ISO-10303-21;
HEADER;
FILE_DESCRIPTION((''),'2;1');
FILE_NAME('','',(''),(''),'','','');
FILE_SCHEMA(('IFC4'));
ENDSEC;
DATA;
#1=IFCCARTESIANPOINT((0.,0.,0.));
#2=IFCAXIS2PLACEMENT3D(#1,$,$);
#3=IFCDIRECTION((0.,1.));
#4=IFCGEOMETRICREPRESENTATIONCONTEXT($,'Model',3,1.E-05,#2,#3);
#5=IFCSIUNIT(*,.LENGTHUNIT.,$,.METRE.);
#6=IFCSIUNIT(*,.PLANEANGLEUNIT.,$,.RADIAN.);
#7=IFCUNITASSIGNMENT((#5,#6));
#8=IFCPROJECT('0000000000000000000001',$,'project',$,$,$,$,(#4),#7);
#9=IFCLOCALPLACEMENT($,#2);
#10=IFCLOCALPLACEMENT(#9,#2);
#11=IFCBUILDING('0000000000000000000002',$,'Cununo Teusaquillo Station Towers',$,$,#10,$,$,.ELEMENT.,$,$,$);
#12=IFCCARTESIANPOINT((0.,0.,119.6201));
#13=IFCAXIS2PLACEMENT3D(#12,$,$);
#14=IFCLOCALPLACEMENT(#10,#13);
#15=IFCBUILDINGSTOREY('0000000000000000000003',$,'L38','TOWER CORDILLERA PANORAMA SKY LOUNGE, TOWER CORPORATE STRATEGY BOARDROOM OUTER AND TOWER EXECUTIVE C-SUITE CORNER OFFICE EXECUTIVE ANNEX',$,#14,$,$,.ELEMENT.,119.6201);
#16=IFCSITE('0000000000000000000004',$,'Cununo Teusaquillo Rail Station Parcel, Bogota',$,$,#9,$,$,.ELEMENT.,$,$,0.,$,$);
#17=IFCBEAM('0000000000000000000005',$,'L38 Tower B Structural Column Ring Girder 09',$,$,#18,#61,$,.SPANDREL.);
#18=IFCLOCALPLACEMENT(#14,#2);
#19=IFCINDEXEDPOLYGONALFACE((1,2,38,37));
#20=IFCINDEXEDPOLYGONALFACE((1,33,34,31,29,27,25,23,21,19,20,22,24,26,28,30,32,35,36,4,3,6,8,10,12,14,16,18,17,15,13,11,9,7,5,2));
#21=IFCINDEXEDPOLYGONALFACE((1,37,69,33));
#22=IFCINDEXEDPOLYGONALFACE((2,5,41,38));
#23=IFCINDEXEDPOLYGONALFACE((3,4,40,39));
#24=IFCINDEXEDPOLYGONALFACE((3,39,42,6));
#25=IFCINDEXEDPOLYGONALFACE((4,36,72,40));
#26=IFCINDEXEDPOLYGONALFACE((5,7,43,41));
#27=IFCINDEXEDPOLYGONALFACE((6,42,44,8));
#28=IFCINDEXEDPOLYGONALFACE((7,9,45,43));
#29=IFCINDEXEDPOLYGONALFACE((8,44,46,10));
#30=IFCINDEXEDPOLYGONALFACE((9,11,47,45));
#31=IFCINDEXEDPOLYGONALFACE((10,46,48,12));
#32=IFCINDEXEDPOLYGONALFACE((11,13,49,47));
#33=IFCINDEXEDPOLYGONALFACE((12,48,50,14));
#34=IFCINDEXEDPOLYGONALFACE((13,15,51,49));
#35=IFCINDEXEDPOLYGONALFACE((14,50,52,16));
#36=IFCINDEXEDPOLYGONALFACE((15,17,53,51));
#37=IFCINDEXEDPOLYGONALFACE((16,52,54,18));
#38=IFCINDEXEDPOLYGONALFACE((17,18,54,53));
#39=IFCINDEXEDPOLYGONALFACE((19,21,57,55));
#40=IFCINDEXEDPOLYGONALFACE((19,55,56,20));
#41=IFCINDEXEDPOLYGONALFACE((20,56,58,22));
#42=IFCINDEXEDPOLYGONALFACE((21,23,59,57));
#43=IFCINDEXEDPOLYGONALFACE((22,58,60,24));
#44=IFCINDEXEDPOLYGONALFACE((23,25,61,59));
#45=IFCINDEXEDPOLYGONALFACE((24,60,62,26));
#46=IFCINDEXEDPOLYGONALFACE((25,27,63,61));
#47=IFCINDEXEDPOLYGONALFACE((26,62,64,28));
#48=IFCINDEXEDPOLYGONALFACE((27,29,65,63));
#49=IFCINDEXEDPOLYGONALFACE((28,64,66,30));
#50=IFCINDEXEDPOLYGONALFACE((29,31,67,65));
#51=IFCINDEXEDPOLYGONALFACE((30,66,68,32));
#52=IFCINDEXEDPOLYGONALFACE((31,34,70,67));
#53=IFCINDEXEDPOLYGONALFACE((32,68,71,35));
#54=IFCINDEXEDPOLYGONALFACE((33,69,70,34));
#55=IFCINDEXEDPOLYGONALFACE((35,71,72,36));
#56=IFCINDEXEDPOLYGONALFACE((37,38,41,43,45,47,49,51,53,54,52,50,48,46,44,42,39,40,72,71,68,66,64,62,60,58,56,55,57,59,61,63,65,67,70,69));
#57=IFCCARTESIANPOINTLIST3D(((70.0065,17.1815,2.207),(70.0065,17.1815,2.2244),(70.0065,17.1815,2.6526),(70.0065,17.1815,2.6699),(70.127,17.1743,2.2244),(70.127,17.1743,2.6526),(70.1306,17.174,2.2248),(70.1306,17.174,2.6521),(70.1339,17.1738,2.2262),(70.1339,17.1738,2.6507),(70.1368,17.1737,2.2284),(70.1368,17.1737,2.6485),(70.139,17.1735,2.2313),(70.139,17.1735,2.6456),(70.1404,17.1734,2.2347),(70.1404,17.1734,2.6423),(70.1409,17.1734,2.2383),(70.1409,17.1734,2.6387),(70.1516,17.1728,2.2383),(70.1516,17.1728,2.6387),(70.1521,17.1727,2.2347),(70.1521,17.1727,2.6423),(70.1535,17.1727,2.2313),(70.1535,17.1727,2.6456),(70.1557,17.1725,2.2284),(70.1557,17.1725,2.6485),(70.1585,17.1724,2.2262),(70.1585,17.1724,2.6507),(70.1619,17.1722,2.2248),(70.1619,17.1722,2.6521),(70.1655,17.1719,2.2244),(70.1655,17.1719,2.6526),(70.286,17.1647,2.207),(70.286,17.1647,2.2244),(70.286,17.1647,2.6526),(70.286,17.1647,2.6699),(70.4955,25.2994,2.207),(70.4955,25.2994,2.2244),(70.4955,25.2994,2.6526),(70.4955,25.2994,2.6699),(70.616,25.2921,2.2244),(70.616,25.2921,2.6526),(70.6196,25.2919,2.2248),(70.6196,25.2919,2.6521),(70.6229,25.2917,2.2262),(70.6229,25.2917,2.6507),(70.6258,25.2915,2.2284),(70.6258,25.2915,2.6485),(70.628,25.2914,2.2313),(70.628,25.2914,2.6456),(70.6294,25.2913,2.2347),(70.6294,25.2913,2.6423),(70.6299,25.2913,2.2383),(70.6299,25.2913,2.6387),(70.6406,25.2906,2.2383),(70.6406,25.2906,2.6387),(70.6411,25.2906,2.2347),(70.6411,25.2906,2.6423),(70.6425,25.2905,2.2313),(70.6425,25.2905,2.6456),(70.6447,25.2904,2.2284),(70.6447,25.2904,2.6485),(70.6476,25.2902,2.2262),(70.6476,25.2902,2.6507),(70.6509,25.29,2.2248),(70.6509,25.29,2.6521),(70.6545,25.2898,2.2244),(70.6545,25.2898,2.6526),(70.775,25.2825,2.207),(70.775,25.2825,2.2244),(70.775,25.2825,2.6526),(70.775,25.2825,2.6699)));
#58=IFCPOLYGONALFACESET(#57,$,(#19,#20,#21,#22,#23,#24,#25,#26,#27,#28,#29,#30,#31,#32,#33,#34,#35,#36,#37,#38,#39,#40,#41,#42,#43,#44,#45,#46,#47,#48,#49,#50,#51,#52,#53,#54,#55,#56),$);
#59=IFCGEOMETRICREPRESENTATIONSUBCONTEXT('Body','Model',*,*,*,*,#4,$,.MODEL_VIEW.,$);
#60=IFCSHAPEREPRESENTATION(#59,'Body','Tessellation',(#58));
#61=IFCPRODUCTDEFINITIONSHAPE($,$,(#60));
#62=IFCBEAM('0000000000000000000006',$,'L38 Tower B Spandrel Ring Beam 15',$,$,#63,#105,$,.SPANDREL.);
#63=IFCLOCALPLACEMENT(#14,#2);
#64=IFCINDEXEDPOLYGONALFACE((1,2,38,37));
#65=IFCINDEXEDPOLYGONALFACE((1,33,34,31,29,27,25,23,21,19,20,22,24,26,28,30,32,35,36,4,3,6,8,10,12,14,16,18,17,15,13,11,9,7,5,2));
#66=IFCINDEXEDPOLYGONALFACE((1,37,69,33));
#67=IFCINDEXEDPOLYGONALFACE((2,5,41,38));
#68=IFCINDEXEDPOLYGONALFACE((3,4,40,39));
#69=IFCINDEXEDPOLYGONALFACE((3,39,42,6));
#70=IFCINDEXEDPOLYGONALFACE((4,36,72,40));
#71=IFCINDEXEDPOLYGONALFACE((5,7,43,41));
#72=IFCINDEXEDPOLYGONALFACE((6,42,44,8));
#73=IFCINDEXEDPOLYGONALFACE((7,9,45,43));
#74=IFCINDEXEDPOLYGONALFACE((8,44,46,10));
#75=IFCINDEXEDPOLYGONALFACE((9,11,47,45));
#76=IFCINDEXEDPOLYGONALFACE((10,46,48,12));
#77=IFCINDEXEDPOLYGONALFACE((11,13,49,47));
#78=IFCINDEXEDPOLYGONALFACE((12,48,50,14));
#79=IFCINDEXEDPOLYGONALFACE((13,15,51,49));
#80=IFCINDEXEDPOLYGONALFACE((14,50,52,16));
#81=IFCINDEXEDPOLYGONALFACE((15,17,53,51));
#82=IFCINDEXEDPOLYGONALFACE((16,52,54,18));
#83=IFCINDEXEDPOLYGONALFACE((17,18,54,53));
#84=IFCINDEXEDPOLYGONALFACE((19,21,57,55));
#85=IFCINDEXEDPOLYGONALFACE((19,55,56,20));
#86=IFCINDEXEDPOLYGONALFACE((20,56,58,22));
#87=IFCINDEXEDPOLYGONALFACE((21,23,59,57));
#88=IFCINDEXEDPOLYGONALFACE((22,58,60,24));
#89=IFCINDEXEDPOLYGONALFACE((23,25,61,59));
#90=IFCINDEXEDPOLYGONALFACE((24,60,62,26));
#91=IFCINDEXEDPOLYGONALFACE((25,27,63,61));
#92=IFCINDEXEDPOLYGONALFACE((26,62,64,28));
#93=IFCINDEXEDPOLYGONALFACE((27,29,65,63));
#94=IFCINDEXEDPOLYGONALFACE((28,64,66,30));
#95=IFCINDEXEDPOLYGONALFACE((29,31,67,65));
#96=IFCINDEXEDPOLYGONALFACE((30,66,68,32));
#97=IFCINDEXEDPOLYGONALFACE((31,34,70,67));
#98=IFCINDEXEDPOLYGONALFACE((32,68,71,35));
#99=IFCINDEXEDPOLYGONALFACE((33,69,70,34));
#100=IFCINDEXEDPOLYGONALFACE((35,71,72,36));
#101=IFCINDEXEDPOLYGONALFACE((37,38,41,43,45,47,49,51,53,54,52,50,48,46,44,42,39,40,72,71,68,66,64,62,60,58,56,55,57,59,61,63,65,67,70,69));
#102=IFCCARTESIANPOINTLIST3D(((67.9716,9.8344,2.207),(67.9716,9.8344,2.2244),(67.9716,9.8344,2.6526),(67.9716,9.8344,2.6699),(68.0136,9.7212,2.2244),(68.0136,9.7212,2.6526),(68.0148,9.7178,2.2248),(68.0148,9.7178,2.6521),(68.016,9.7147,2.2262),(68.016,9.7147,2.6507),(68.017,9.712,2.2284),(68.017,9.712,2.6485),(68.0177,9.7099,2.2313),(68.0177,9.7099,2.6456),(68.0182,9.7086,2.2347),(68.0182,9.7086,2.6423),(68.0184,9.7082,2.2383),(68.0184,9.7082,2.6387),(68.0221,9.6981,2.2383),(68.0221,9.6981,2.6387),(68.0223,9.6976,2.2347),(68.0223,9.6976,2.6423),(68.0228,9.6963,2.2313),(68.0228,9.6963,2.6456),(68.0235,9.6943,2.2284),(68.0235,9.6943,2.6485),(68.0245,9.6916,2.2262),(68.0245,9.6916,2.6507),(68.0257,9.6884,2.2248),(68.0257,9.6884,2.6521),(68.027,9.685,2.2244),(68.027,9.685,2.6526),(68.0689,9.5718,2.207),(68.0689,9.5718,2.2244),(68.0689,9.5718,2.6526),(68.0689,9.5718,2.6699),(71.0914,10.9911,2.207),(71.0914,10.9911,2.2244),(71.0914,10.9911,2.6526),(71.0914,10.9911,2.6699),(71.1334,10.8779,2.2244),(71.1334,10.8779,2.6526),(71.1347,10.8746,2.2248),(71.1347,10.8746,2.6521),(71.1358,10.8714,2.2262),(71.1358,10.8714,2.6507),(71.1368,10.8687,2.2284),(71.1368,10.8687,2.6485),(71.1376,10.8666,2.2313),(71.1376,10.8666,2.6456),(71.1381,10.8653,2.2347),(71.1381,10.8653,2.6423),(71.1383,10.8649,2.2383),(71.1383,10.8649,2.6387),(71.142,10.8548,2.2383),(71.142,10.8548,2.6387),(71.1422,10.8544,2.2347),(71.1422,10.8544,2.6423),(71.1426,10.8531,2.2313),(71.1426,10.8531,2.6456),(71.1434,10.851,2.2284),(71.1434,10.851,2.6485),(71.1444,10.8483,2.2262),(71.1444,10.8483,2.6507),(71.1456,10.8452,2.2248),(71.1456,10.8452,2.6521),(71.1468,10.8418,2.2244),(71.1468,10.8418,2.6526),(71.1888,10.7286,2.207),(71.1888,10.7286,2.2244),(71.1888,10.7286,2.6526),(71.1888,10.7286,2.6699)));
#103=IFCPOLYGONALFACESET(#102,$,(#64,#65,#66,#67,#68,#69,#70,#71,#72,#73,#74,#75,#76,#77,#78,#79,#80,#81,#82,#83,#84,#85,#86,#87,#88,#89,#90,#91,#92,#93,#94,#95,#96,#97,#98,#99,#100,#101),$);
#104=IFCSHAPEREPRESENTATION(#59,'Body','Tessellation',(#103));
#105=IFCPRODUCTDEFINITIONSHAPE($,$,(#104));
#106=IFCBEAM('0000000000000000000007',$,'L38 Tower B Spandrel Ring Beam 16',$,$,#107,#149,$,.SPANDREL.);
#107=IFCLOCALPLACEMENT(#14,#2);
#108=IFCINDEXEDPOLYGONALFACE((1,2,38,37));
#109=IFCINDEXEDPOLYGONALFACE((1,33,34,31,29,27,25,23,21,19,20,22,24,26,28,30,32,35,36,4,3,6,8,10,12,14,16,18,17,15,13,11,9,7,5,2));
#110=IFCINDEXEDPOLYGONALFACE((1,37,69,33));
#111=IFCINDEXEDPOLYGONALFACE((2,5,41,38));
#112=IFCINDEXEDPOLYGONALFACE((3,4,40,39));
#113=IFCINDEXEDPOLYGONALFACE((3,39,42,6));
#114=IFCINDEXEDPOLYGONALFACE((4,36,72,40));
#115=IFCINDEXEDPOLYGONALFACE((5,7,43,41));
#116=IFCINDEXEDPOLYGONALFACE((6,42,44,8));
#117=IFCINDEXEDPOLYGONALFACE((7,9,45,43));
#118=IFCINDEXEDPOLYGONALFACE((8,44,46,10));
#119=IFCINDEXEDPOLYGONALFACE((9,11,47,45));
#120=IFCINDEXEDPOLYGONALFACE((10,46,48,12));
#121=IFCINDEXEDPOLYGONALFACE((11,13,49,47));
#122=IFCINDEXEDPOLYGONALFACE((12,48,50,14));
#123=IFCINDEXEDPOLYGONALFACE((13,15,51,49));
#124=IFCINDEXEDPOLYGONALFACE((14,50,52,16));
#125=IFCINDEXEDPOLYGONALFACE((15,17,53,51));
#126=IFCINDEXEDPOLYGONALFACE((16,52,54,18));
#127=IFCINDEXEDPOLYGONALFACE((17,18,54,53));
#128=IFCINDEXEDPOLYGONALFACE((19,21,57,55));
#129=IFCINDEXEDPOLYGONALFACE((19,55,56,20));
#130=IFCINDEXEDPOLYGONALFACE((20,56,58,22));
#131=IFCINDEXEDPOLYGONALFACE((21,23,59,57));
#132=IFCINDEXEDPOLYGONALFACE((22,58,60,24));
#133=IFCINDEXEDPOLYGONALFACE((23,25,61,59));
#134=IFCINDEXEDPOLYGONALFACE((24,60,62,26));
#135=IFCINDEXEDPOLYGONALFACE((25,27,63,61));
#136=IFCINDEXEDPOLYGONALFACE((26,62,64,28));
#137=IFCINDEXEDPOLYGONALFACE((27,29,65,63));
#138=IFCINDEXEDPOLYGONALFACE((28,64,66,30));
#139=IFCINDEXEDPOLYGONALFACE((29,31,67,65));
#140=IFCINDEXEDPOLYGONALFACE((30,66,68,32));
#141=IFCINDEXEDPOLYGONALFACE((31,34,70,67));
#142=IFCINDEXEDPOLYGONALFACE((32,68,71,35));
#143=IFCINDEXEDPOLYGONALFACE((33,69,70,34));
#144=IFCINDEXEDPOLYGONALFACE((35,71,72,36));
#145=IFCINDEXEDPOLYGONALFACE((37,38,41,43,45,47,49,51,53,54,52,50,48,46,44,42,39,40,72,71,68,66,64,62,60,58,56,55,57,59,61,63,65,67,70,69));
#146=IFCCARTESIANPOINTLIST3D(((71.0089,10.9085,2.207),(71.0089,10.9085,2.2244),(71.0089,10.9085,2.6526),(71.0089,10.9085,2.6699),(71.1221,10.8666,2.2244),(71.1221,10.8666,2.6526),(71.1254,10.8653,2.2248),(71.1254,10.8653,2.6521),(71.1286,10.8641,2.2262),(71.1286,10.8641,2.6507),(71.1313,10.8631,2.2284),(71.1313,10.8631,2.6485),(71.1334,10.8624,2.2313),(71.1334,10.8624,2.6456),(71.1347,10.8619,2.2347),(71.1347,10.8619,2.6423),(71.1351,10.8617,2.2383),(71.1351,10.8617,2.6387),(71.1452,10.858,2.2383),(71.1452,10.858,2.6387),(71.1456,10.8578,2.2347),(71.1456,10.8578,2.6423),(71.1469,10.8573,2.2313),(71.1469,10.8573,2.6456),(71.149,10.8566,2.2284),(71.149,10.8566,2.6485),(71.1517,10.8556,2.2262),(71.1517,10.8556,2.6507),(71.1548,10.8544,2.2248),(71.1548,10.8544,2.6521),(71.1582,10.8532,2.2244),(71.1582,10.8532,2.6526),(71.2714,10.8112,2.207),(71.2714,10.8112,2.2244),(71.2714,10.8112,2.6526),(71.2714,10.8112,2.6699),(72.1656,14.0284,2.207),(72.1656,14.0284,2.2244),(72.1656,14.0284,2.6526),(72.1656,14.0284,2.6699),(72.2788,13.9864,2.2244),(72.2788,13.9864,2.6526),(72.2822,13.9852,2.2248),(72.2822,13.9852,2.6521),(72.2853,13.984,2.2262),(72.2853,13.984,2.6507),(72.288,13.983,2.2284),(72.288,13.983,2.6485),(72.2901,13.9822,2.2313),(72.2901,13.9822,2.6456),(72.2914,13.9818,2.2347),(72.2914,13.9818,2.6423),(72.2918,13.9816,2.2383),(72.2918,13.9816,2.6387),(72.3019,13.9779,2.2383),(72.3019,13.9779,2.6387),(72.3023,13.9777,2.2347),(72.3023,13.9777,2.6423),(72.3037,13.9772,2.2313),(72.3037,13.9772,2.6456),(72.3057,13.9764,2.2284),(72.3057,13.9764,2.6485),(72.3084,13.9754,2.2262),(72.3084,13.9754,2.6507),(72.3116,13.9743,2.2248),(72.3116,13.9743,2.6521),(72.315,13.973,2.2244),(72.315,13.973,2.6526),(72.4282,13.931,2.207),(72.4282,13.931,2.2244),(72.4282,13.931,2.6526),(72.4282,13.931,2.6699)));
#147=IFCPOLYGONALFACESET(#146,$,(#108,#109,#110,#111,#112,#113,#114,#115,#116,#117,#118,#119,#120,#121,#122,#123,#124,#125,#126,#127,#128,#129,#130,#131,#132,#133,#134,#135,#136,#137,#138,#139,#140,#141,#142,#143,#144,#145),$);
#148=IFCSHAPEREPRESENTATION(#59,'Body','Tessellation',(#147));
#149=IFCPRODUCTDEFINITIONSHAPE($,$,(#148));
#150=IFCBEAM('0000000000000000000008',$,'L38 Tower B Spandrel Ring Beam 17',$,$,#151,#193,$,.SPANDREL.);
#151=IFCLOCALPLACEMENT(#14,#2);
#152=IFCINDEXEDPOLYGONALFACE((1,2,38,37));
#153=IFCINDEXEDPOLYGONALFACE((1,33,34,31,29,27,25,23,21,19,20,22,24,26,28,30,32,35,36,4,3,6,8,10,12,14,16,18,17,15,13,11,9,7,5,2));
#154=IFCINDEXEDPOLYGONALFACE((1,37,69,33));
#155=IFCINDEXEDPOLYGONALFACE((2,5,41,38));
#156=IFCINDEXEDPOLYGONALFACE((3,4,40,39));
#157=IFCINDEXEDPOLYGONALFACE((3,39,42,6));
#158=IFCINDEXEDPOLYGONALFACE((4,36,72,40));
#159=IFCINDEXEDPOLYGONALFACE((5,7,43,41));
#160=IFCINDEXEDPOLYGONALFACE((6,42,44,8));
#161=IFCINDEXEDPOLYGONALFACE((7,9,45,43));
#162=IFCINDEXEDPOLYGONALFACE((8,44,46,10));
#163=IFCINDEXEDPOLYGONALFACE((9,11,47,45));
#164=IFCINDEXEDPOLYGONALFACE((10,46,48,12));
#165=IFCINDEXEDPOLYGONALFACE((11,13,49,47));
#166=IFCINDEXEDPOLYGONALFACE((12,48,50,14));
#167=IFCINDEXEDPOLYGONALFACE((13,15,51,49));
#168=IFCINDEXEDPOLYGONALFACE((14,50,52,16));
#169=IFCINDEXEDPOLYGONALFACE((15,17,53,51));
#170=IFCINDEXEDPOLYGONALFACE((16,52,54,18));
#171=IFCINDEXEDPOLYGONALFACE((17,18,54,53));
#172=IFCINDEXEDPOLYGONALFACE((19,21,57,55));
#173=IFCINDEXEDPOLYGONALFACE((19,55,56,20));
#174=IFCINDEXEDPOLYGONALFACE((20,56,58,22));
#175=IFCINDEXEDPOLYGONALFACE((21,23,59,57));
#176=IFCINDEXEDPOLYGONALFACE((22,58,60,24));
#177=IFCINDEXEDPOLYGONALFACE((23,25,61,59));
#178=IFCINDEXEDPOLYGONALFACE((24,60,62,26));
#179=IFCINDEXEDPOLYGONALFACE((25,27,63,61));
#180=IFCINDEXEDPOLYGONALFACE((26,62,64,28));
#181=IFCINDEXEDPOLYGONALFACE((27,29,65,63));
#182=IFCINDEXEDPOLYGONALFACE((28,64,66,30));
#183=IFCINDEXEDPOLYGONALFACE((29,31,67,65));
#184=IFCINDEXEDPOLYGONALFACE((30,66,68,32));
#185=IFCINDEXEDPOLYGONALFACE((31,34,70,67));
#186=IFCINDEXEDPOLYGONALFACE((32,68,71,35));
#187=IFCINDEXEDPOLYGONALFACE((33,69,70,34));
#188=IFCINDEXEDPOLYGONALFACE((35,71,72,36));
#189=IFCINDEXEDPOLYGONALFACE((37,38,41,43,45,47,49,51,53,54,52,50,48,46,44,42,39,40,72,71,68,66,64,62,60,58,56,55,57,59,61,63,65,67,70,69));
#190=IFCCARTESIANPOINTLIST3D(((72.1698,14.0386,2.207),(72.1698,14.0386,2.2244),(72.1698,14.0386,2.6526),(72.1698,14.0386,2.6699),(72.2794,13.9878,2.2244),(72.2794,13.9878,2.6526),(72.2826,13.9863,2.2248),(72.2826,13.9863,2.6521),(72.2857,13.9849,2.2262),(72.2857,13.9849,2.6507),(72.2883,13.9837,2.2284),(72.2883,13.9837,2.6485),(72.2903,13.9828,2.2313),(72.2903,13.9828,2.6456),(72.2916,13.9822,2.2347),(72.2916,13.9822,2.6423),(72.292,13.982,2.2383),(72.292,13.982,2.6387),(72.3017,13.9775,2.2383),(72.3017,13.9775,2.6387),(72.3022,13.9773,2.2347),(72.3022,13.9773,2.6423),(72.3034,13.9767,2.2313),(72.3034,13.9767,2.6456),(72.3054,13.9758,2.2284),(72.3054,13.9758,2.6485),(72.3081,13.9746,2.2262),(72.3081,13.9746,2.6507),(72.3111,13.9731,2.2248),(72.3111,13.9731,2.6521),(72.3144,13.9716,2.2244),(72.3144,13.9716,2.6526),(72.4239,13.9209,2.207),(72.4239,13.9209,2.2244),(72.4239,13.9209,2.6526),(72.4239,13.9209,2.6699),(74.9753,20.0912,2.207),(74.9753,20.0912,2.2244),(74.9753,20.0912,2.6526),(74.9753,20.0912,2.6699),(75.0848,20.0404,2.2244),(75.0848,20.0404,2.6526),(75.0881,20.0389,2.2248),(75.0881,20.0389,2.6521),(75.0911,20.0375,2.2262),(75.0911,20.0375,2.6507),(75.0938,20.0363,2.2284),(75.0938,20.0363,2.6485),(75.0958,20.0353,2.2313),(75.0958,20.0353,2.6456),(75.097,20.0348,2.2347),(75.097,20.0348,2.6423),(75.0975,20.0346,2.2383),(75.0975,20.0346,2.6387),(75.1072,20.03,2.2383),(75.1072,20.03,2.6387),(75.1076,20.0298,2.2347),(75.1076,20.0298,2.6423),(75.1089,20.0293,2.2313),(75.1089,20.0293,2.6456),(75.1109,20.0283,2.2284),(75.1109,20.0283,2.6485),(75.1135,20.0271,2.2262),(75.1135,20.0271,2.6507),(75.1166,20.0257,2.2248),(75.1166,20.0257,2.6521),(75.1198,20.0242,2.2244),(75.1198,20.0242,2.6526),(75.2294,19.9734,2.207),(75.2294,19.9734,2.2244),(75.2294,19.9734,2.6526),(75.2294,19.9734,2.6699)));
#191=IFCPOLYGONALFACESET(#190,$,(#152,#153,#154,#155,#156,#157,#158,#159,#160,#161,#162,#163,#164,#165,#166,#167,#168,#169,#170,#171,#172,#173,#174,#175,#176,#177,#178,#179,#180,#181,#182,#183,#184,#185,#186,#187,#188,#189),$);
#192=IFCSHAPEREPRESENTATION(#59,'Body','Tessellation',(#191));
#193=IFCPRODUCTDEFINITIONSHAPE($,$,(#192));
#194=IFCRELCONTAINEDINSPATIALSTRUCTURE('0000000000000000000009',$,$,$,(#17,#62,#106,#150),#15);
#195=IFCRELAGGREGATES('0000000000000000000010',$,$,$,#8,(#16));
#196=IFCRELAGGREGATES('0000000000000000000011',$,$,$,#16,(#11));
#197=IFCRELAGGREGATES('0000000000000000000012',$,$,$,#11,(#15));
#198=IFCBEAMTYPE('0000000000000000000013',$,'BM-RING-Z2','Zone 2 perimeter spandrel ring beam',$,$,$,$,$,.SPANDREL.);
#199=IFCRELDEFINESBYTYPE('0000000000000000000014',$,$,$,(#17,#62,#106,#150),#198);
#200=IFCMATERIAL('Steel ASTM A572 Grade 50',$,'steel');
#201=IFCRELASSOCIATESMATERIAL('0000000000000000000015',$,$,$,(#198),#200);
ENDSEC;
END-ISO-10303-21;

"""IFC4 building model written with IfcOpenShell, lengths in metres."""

from ifc_helpers import new_model, si_unit, direction, frame, origin, origin_2d, place, context, subcontext, project, spatial, i_section, extrude, material, material_profile, profile_set, type_object, element, save


model = new_model("IFC4")

# Units and contexts
model_context = context("Model", 3, precision=1e-05, world=origin(), true_north=direction((0.0, 1.0)))
body_context = subcontext(model_context, "Body", "Model", "MODEL_VIEW")
ifc_project = project(units=[si_unit("LENGTHUNIT", "METRE"), si_unit("PLANEANGLEUNIT", "RADIAN")], contexts=[model_context])

# Site, building, storey
site_placement = place(None, origin())
site = spatial("IfcSite", under=ifc_project, at=site_placement, Name="Cununo Teusaquillo Rail Station Parcel, Bogota", CompositionType="ELEMENT", RefElevation=0.0)
building_placement = place(site_placement, origin())
building = spatial("IfcBuilding", under=site, at=building_placement, Name="Cununo Teusaquillo Station Towers", CompositionType="ELEMENT")
storey_placement = place(building_placement, frame((0.0, 0.0, 119.6201)))
storey = spatial("IfcBuildingStorey", under=building, at=storey_placement, Name="L38", Description="TOWER CORDILLERA PANORAMA SKY LOUNGE, TOWER CORPORATE STRATEGY BOARDROOM OUTER AND TOWER EXECUTIVE C-SUITE CORNER OFFICE EXECUTIVE ANNEX", CompositionType="ELEMENT", Elevation=119.6201)

# Beams
ifc_material_1 = material(Name="Steel ASTM A572 Grade 50", Category="steel")
ifc_material_profile_1 = material_profile(ifc_material_1, i_section(OverallWidth=0.28, OverallDepth=0.4629, WebThickness=0.0107, FlangeThickness=0.0173, FilletRadius=0.0139, at=origin_2d()), Name="W18X76")
ifc_profile_set_1 = profile_set([ifc_material_profile_1], Name="Steel ASTM A572 Grade 50")
beam_type_1 = type_object("IfcBeamType", Name="BM-RING-Z2", Description="Zone 2 perimeter spandrel ring beam", PredefinedType="SPANDREL", material=ifc_profile_set_1)
beam_1_placement = place(storey_placement, frame((70.1462, 17.1731, 2.4385), z_axis=(0.06013, 0.998191, 0.0), x_axis=(-0.998191, 0.06013, 0.0)))
element("IfcBeam", 1, at=beam_1_placement, inside=storey, type_object=beam_type_1, Name="L38 Tower B Structural Column Ring Girder 09", PredefinedType="SPANDREL", context=body_context, shape_type="SweptSolid", body=[
    extrude(i_section(OverallWidth=0.28, OverallDepth=0.4629, WebThickness=0.0107, FlangeThickness=0.0173, FilletRadius=0.0139, at=origin_2d()), origin(), (0.0, 0.0, 1.0), 8.1326),
])
for number, where, z_axis, x_axis, name in (
    (2, (68.0203, 9.7031, 2.4385), (0.937628, 0.347639, 0.0), (-0.347639, 0.937628, 0.0), "L38 Tower B Spandrel Ring Beam 15"),
    (3, (71.1401, 10.8599, 2.4385), (0.347639, 0.937628, 0.0), (-0.937628, 0.347639, 0.0), "L38 Tower B Spandrel Ring Beam 16"),
):
    element("IfcBeam", number, at=place(storey_placement, frame(where, z_axis=z_axis, x_axis=x_axis)), inside=storey, type_object=beam_type_1, Name=name, PredefinedType="SPANDREL", context=body_context, shape_type="SweptSolid", body=[
        extrude(i_section(OverallWidth=0.28, OverallDepth=0.4629, WebThickness=0.0107, FlangeThickness=0.0173, FilletRadius=0.0139, at=origin_2d()), origin(), (0.0, 0.0, 1.0), 3.3274),
    ])
beam_2_placement = place(storey_placement, frame((72.2969, 13.9797, 2.4385), z_axis=(0.420536, 0.907276, 0.0), x_axis=(-0.907276, 0.420536, 0.0)))
element("IfcBeam", 4, at=beam_2_placement, inside=storey, type_object=beam_type_1, Name="L38 Tower B Spandrel Ring Beam 17", PredefinedType="SPANDREL", context=body_context, shape_type="SweptSolid", body=[
    extrude(i_section(OverallWidth=0.28, OverallDepth=0.4629, WebThickness=0.0107, FlangeThickness=0.0173, FilletRadius=0.0139, at=origin_2d()), origin(), (0.0, 0.0, 1.0), 6.6711),
])

save(model, "model.ifc")
